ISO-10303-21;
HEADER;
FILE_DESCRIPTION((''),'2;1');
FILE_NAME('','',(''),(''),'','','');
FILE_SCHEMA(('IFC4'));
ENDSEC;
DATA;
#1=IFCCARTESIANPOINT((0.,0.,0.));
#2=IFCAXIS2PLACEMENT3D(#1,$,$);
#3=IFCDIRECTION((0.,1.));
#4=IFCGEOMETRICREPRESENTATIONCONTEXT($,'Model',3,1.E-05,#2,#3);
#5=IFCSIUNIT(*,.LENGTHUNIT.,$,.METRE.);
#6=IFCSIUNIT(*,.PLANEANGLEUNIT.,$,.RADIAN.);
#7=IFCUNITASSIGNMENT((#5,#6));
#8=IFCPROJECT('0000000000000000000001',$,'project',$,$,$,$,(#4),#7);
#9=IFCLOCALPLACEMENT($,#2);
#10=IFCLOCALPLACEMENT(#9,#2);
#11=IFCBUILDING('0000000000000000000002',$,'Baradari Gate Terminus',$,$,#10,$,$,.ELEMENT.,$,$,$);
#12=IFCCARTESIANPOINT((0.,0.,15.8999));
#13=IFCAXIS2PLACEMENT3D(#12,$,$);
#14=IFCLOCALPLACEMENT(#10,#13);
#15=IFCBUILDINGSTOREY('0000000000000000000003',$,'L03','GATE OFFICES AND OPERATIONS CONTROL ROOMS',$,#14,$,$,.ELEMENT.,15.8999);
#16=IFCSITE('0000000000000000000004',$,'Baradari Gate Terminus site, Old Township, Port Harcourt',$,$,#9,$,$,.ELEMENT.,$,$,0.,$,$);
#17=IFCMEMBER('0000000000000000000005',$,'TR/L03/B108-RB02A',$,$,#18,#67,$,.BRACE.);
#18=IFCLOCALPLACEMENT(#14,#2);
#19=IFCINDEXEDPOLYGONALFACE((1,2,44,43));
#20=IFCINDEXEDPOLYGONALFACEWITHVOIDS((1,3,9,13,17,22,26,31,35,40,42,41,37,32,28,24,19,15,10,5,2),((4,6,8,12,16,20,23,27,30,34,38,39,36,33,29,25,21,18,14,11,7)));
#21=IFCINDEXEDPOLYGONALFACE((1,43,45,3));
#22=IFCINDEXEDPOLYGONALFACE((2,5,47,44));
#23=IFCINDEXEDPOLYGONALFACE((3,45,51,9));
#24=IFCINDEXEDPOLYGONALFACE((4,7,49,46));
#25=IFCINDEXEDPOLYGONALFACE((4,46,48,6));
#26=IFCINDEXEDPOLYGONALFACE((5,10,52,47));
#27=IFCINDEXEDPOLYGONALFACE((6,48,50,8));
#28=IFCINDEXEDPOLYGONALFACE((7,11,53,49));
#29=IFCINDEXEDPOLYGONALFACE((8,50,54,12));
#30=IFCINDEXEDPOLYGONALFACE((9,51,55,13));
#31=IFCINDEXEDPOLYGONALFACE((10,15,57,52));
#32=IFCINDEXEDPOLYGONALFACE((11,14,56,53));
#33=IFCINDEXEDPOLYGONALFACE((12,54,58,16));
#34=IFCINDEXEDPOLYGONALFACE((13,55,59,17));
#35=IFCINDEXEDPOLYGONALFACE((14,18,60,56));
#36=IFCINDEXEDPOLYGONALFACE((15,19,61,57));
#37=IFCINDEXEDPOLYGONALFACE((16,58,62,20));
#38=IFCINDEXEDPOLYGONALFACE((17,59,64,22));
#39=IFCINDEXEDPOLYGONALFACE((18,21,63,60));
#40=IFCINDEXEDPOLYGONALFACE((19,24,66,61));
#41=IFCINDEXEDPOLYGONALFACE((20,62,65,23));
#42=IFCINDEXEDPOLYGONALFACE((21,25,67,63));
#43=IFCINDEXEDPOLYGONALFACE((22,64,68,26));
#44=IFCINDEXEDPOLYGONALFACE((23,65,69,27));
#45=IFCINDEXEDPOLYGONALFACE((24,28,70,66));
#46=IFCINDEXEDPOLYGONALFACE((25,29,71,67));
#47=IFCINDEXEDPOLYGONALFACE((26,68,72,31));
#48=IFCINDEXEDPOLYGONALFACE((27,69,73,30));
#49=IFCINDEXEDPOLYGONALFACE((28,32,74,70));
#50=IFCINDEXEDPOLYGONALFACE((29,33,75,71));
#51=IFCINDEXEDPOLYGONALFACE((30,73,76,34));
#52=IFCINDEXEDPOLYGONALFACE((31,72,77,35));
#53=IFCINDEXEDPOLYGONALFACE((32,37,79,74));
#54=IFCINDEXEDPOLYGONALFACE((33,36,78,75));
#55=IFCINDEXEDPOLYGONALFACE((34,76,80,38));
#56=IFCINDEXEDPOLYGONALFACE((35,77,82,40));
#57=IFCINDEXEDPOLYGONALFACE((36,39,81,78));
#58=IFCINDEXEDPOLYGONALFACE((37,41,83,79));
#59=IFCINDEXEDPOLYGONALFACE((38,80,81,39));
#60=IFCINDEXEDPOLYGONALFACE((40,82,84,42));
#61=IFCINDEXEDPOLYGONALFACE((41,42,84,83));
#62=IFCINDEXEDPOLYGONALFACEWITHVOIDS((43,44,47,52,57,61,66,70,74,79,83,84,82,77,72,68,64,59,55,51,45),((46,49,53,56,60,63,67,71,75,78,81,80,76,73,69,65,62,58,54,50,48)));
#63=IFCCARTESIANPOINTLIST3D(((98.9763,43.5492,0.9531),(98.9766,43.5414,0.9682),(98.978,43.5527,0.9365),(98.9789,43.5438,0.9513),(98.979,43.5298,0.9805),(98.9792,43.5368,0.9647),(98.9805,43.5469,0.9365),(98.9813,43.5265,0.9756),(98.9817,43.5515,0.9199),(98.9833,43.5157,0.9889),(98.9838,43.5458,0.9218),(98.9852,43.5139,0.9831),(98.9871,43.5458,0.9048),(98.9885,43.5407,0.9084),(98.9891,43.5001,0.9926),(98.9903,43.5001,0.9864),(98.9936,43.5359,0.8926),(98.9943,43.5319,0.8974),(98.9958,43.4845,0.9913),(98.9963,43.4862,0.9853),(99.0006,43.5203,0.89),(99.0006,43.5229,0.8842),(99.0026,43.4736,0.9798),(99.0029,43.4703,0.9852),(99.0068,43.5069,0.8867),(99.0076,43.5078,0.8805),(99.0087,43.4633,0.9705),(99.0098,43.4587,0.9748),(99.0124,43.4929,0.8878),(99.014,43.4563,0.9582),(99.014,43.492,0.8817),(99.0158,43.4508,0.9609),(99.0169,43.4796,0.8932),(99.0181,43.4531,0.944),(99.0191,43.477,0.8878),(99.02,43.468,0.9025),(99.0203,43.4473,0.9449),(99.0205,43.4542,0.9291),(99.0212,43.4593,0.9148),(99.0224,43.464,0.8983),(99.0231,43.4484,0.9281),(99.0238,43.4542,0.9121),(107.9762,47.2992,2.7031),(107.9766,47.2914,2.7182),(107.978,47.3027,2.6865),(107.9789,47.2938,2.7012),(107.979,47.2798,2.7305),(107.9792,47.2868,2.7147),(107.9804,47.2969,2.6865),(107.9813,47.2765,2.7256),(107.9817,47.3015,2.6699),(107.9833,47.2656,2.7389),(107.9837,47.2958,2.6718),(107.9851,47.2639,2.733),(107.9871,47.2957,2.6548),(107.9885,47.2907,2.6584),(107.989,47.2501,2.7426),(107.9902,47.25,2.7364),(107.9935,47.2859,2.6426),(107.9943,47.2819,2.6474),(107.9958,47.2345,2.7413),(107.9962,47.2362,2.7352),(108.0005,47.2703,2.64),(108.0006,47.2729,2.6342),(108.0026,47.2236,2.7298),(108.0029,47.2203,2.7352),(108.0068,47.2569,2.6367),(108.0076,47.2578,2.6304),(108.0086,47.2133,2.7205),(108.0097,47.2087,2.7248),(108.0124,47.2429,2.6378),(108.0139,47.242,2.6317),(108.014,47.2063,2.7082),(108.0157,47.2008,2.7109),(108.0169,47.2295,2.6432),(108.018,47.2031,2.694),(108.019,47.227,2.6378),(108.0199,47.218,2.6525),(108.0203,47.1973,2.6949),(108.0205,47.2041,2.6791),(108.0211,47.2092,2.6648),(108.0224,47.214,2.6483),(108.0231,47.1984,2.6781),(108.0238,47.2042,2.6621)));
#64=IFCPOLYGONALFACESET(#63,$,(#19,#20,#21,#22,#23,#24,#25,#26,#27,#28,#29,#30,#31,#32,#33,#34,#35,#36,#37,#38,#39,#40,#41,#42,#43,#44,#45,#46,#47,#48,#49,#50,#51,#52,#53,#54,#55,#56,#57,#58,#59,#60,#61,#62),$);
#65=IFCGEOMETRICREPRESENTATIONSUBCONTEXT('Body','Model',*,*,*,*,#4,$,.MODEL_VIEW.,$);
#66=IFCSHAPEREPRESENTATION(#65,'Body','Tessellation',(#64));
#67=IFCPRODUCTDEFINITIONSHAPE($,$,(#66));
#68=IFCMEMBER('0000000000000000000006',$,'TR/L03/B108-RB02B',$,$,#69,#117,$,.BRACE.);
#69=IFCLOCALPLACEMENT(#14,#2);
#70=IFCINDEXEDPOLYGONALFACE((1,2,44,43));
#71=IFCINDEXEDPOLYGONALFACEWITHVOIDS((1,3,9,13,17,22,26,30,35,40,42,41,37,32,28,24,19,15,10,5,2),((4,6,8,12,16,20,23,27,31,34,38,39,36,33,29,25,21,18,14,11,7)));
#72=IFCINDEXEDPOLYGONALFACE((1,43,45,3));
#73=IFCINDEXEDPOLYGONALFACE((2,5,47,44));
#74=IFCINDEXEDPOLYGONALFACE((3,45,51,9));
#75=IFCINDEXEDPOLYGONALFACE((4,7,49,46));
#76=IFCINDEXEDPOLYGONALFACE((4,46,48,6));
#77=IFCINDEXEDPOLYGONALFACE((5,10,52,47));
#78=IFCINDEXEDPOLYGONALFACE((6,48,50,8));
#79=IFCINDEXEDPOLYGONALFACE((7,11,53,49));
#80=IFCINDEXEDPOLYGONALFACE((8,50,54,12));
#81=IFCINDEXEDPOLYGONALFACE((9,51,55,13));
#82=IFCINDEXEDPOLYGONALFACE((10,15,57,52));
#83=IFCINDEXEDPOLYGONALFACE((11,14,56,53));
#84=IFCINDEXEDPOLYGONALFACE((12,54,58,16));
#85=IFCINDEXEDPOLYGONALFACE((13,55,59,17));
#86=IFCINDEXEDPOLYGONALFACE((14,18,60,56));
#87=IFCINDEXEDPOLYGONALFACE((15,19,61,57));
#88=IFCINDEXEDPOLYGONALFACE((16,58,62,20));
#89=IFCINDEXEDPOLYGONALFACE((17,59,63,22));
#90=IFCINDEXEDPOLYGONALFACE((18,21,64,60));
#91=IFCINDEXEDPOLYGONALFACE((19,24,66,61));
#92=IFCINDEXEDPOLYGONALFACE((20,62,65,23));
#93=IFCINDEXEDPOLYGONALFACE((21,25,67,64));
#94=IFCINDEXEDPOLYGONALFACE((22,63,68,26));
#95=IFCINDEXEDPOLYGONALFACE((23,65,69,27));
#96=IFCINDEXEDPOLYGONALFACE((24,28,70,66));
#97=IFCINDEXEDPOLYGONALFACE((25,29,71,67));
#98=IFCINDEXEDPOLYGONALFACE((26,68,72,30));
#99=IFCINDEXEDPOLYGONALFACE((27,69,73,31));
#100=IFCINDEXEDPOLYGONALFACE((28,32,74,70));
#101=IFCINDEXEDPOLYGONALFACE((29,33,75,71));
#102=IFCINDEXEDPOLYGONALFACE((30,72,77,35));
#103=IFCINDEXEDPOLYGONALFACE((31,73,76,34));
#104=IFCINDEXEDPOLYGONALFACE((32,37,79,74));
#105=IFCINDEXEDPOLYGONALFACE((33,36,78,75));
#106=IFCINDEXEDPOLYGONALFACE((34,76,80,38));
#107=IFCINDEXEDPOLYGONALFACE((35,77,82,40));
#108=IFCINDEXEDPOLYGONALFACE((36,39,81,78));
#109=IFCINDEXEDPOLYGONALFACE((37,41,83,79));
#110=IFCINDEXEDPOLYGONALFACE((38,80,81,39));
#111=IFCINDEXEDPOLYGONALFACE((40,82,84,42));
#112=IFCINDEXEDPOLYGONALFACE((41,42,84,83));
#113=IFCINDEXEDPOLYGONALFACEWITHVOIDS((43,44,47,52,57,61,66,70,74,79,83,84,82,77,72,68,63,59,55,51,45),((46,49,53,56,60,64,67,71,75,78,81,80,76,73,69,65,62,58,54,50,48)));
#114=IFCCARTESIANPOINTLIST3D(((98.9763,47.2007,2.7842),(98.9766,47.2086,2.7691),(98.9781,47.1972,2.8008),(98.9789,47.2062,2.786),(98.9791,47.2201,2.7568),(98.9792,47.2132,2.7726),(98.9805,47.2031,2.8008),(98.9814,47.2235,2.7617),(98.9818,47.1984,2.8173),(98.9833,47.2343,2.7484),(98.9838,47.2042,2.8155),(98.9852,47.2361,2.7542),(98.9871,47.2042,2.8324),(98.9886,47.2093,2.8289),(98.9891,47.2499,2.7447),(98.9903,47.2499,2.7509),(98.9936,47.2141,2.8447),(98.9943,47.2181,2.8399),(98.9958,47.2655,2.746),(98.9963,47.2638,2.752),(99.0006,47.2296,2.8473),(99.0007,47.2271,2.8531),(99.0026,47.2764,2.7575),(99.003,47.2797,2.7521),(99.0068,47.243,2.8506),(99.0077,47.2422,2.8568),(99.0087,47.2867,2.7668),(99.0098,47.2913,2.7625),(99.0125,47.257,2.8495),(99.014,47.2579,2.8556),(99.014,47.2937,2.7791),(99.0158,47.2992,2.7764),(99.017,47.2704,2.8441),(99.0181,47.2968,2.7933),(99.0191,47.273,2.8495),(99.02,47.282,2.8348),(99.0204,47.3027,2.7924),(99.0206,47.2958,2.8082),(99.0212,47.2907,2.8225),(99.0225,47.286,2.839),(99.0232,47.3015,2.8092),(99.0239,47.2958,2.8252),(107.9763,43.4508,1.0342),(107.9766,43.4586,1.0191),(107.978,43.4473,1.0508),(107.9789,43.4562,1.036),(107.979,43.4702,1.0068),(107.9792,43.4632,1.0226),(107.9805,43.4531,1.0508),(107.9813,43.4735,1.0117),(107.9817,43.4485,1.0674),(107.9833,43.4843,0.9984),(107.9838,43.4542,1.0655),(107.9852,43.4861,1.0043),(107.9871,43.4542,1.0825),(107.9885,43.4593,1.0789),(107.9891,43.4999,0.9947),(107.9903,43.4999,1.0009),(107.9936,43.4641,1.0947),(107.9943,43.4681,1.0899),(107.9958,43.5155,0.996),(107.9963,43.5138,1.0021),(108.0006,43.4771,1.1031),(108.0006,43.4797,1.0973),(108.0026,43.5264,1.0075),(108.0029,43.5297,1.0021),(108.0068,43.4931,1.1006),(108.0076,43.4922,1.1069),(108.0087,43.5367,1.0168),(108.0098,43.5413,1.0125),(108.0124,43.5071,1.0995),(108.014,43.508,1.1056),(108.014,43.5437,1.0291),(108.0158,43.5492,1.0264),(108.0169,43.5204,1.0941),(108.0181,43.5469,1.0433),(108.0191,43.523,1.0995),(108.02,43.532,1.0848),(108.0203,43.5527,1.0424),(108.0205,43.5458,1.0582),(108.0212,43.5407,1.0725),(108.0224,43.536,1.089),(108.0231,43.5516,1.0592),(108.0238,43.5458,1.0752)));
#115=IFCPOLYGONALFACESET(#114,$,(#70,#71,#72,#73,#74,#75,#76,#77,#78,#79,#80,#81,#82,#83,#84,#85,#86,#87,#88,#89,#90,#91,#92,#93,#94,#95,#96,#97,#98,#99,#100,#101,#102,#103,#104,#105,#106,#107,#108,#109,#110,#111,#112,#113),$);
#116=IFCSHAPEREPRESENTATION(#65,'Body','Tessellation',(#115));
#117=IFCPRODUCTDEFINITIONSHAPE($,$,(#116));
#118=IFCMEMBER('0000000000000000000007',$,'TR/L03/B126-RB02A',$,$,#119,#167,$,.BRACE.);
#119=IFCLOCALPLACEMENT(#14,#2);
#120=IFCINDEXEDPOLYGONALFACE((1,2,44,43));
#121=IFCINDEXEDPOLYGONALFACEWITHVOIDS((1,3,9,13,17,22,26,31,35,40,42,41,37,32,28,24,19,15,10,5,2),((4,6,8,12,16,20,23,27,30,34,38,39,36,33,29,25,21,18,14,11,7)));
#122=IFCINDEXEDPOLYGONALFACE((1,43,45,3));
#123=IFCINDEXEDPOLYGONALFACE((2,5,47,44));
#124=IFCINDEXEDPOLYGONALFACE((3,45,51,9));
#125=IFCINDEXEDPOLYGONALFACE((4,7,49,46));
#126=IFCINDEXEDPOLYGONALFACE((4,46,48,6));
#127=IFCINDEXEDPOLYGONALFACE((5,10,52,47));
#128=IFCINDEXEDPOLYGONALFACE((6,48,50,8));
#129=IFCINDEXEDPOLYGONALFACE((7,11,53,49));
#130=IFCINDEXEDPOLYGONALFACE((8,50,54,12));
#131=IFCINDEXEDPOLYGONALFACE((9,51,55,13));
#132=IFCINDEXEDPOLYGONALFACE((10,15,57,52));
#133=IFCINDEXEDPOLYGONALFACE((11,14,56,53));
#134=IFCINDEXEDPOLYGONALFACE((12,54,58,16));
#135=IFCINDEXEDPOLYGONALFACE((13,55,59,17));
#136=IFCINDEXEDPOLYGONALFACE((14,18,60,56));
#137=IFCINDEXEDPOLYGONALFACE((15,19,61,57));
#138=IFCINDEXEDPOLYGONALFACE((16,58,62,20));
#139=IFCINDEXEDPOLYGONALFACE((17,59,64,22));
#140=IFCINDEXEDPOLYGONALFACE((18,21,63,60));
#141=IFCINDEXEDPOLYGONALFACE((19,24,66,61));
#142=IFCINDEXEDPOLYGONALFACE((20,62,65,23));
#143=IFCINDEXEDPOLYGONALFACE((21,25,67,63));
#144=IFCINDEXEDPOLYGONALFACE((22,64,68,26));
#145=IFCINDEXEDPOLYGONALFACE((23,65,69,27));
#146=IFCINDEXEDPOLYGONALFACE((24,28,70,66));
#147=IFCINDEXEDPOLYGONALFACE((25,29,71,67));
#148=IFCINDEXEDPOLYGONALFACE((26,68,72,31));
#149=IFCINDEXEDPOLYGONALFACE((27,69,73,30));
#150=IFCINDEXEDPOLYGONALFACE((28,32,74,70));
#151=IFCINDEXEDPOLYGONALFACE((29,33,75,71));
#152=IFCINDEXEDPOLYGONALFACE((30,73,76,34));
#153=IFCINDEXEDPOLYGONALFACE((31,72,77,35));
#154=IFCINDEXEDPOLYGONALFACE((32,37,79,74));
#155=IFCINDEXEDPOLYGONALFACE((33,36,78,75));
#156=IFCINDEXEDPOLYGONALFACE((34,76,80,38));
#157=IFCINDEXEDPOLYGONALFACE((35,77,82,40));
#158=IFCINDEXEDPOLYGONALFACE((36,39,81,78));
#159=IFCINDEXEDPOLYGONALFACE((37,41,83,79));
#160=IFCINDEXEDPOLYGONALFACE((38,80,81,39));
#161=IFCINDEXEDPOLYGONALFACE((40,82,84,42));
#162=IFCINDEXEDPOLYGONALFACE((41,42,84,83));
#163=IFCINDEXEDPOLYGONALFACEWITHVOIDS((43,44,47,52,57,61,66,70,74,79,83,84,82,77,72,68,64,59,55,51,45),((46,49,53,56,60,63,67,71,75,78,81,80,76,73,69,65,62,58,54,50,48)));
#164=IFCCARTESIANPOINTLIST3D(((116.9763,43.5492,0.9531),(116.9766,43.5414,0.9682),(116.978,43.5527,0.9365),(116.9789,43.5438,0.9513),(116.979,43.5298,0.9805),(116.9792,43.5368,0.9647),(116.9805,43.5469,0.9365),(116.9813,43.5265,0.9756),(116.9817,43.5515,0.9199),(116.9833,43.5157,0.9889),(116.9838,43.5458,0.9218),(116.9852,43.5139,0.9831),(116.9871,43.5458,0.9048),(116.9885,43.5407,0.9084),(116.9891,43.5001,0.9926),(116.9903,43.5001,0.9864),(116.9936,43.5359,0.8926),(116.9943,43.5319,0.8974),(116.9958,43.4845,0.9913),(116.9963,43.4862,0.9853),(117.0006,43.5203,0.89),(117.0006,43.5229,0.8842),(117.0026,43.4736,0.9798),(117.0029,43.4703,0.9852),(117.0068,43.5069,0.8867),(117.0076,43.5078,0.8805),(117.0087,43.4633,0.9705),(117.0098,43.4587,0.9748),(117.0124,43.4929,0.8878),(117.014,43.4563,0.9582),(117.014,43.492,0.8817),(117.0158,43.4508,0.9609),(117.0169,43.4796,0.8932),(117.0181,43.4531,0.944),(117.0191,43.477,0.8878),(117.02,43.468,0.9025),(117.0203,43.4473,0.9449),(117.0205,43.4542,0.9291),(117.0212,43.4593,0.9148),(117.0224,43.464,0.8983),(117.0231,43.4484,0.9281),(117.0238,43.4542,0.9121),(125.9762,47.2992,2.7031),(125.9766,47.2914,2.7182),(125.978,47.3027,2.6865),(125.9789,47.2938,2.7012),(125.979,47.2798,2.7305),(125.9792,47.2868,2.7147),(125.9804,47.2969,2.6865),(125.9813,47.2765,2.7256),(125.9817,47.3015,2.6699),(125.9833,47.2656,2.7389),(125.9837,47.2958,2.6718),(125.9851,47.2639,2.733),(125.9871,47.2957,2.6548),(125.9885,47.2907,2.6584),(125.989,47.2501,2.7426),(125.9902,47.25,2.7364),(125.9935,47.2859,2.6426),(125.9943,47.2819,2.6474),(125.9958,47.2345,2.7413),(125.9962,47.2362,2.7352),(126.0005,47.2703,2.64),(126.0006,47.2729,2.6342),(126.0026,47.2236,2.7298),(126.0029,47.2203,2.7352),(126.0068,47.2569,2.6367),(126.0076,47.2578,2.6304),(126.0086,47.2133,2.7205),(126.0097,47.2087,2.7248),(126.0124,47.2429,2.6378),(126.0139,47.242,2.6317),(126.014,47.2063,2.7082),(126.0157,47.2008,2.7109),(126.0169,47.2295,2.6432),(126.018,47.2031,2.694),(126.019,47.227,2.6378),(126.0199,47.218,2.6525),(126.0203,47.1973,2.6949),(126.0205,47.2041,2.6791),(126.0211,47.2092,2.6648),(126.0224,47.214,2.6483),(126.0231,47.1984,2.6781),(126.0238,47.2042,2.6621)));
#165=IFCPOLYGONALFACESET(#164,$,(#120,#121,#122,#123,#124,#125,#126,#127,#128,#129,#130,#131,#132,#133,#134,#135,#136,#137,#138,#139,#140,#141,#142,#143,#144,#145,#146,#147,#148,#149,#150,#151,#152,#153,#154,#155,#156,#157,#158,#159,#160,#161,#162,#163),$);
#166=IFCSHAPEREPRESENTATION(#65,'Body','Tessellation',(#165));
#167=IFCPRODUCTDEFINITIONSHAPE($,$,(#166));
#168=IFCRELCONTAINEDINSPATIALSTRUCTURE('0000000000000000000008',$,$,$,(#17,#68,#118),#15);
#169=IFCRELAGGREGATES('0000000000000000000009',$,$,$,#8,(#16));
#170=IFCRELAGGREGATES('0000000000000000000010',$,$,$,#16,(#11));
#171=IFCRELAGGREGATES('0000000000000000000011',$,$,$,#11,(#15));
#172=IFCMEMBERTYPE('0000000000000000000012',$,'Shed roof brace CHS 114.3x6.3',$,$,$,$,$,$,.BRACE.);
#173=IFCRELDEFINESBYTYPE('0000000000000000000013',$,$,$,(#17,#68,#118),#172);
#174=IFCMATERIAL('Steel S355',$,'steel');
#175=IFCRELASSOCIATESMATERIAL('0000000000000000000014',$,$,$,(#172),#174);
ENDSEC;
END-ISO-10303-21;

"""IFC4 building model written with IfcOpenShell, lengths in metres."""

from ifc_helpers import new_model, si_unit, direction, frame, origin, origin_2d, place, context, subcontext, project, spatial, hollow_circle, extrude, material, material_profile, profile_set, type_object, element, save


model = new_model("IFC4")

# Units and contexts
model_context = context("Model", 3, precision=1e-05, world=origin(), true_north=direction((0.0, 1.0)))
body_context = subcontext(model_context, "Body", "Model", "MODEL_VIEW")
ifc_project = project(units=[si_unit("LENGTHUNIT", "METRE"), si_unit("PLANEANGLEUNIT", "RADIAN")], contexts=[model_context])

# Site, building, storey
site_placement = place(None, origin())
site = spatial("IfcSite", under=ifc_project, at=site_placement, Name="Baradari Gate Terminus site, Old Township, Port Harcourt", CompositionType="ELEMENT", RefElevation=0.0)
building_placement = place(site_placement, origin())
building = spatial("IfcBuilding", under=site, at=building_placement, Name="Baradari Gate Terminus", CompositionType="ELEMENT")
storey_placement = place(building_placement, frame((0.0, 0.0, 15.8999)))
storey = spatial("IfcBuildingStorey", under=building, at=storey_placement, Name="L03", Description="GATE OFFICES AND OPERATIONS CONTROL ROOMS", CompositionType="ELEMENT", Elevation=15.8999)

# Members
ifc_material_1 = material(Name="Steel S355", Category="steel")
ifc_material_profile_1 = material_profile(ifc_material_1, hollow_circle(Radius=0.0571, WallThickness=0.0063, at=origin_2d()), Name="CHS 114.3x6.3")
ifc_profile_set_1 = profile_set([ifc_material_profile_1], Name="Steel S355")
member_type_1 = type_object("IfcMemberType", Name="Shed roof brace CHS 114.3x6.3", PredefinedType="BRACE", material=ifc_profile_set_1)
for number, where, z_axis, x_axis, name in (
    (1, (99.0, 43.5, 0.9365), (0.908558, 0.378566, 0.176664), (-0.384615, 0.923077, 0.0), "TR/L03/B108-RB02A"),
    (2, (108.0, 43.5, 1.0508), (-0.908558, 0.378566, 0.176664), (-0.384615, -0.923077, 0.0), "TR/L03/B108-RB02B"),
    (3, (117.0, 43.5, 0.9365), (0.908558, 0.378566, 0.176664), (-0.384615, 0.923077, 0.0), "TR/L03/B126-RB02A"),
):
    element("IfcMember", number, at=place(storey_placement, frame(where, z_axis=z_axis, x_axis=x_axis)), inside=storey, type_object=member_type_1, Name=name, PredefinedType="BRACE", context=body_context, shape_type="SweptSolid", body=[
        extrude(hollow_circle(Radius=0.0571, WallThickness=0.0063, at=origin_2d()), origin(), (0.0, 0.0, 1.0), 9.9058),
    ])

save(model, "model.ifc")
